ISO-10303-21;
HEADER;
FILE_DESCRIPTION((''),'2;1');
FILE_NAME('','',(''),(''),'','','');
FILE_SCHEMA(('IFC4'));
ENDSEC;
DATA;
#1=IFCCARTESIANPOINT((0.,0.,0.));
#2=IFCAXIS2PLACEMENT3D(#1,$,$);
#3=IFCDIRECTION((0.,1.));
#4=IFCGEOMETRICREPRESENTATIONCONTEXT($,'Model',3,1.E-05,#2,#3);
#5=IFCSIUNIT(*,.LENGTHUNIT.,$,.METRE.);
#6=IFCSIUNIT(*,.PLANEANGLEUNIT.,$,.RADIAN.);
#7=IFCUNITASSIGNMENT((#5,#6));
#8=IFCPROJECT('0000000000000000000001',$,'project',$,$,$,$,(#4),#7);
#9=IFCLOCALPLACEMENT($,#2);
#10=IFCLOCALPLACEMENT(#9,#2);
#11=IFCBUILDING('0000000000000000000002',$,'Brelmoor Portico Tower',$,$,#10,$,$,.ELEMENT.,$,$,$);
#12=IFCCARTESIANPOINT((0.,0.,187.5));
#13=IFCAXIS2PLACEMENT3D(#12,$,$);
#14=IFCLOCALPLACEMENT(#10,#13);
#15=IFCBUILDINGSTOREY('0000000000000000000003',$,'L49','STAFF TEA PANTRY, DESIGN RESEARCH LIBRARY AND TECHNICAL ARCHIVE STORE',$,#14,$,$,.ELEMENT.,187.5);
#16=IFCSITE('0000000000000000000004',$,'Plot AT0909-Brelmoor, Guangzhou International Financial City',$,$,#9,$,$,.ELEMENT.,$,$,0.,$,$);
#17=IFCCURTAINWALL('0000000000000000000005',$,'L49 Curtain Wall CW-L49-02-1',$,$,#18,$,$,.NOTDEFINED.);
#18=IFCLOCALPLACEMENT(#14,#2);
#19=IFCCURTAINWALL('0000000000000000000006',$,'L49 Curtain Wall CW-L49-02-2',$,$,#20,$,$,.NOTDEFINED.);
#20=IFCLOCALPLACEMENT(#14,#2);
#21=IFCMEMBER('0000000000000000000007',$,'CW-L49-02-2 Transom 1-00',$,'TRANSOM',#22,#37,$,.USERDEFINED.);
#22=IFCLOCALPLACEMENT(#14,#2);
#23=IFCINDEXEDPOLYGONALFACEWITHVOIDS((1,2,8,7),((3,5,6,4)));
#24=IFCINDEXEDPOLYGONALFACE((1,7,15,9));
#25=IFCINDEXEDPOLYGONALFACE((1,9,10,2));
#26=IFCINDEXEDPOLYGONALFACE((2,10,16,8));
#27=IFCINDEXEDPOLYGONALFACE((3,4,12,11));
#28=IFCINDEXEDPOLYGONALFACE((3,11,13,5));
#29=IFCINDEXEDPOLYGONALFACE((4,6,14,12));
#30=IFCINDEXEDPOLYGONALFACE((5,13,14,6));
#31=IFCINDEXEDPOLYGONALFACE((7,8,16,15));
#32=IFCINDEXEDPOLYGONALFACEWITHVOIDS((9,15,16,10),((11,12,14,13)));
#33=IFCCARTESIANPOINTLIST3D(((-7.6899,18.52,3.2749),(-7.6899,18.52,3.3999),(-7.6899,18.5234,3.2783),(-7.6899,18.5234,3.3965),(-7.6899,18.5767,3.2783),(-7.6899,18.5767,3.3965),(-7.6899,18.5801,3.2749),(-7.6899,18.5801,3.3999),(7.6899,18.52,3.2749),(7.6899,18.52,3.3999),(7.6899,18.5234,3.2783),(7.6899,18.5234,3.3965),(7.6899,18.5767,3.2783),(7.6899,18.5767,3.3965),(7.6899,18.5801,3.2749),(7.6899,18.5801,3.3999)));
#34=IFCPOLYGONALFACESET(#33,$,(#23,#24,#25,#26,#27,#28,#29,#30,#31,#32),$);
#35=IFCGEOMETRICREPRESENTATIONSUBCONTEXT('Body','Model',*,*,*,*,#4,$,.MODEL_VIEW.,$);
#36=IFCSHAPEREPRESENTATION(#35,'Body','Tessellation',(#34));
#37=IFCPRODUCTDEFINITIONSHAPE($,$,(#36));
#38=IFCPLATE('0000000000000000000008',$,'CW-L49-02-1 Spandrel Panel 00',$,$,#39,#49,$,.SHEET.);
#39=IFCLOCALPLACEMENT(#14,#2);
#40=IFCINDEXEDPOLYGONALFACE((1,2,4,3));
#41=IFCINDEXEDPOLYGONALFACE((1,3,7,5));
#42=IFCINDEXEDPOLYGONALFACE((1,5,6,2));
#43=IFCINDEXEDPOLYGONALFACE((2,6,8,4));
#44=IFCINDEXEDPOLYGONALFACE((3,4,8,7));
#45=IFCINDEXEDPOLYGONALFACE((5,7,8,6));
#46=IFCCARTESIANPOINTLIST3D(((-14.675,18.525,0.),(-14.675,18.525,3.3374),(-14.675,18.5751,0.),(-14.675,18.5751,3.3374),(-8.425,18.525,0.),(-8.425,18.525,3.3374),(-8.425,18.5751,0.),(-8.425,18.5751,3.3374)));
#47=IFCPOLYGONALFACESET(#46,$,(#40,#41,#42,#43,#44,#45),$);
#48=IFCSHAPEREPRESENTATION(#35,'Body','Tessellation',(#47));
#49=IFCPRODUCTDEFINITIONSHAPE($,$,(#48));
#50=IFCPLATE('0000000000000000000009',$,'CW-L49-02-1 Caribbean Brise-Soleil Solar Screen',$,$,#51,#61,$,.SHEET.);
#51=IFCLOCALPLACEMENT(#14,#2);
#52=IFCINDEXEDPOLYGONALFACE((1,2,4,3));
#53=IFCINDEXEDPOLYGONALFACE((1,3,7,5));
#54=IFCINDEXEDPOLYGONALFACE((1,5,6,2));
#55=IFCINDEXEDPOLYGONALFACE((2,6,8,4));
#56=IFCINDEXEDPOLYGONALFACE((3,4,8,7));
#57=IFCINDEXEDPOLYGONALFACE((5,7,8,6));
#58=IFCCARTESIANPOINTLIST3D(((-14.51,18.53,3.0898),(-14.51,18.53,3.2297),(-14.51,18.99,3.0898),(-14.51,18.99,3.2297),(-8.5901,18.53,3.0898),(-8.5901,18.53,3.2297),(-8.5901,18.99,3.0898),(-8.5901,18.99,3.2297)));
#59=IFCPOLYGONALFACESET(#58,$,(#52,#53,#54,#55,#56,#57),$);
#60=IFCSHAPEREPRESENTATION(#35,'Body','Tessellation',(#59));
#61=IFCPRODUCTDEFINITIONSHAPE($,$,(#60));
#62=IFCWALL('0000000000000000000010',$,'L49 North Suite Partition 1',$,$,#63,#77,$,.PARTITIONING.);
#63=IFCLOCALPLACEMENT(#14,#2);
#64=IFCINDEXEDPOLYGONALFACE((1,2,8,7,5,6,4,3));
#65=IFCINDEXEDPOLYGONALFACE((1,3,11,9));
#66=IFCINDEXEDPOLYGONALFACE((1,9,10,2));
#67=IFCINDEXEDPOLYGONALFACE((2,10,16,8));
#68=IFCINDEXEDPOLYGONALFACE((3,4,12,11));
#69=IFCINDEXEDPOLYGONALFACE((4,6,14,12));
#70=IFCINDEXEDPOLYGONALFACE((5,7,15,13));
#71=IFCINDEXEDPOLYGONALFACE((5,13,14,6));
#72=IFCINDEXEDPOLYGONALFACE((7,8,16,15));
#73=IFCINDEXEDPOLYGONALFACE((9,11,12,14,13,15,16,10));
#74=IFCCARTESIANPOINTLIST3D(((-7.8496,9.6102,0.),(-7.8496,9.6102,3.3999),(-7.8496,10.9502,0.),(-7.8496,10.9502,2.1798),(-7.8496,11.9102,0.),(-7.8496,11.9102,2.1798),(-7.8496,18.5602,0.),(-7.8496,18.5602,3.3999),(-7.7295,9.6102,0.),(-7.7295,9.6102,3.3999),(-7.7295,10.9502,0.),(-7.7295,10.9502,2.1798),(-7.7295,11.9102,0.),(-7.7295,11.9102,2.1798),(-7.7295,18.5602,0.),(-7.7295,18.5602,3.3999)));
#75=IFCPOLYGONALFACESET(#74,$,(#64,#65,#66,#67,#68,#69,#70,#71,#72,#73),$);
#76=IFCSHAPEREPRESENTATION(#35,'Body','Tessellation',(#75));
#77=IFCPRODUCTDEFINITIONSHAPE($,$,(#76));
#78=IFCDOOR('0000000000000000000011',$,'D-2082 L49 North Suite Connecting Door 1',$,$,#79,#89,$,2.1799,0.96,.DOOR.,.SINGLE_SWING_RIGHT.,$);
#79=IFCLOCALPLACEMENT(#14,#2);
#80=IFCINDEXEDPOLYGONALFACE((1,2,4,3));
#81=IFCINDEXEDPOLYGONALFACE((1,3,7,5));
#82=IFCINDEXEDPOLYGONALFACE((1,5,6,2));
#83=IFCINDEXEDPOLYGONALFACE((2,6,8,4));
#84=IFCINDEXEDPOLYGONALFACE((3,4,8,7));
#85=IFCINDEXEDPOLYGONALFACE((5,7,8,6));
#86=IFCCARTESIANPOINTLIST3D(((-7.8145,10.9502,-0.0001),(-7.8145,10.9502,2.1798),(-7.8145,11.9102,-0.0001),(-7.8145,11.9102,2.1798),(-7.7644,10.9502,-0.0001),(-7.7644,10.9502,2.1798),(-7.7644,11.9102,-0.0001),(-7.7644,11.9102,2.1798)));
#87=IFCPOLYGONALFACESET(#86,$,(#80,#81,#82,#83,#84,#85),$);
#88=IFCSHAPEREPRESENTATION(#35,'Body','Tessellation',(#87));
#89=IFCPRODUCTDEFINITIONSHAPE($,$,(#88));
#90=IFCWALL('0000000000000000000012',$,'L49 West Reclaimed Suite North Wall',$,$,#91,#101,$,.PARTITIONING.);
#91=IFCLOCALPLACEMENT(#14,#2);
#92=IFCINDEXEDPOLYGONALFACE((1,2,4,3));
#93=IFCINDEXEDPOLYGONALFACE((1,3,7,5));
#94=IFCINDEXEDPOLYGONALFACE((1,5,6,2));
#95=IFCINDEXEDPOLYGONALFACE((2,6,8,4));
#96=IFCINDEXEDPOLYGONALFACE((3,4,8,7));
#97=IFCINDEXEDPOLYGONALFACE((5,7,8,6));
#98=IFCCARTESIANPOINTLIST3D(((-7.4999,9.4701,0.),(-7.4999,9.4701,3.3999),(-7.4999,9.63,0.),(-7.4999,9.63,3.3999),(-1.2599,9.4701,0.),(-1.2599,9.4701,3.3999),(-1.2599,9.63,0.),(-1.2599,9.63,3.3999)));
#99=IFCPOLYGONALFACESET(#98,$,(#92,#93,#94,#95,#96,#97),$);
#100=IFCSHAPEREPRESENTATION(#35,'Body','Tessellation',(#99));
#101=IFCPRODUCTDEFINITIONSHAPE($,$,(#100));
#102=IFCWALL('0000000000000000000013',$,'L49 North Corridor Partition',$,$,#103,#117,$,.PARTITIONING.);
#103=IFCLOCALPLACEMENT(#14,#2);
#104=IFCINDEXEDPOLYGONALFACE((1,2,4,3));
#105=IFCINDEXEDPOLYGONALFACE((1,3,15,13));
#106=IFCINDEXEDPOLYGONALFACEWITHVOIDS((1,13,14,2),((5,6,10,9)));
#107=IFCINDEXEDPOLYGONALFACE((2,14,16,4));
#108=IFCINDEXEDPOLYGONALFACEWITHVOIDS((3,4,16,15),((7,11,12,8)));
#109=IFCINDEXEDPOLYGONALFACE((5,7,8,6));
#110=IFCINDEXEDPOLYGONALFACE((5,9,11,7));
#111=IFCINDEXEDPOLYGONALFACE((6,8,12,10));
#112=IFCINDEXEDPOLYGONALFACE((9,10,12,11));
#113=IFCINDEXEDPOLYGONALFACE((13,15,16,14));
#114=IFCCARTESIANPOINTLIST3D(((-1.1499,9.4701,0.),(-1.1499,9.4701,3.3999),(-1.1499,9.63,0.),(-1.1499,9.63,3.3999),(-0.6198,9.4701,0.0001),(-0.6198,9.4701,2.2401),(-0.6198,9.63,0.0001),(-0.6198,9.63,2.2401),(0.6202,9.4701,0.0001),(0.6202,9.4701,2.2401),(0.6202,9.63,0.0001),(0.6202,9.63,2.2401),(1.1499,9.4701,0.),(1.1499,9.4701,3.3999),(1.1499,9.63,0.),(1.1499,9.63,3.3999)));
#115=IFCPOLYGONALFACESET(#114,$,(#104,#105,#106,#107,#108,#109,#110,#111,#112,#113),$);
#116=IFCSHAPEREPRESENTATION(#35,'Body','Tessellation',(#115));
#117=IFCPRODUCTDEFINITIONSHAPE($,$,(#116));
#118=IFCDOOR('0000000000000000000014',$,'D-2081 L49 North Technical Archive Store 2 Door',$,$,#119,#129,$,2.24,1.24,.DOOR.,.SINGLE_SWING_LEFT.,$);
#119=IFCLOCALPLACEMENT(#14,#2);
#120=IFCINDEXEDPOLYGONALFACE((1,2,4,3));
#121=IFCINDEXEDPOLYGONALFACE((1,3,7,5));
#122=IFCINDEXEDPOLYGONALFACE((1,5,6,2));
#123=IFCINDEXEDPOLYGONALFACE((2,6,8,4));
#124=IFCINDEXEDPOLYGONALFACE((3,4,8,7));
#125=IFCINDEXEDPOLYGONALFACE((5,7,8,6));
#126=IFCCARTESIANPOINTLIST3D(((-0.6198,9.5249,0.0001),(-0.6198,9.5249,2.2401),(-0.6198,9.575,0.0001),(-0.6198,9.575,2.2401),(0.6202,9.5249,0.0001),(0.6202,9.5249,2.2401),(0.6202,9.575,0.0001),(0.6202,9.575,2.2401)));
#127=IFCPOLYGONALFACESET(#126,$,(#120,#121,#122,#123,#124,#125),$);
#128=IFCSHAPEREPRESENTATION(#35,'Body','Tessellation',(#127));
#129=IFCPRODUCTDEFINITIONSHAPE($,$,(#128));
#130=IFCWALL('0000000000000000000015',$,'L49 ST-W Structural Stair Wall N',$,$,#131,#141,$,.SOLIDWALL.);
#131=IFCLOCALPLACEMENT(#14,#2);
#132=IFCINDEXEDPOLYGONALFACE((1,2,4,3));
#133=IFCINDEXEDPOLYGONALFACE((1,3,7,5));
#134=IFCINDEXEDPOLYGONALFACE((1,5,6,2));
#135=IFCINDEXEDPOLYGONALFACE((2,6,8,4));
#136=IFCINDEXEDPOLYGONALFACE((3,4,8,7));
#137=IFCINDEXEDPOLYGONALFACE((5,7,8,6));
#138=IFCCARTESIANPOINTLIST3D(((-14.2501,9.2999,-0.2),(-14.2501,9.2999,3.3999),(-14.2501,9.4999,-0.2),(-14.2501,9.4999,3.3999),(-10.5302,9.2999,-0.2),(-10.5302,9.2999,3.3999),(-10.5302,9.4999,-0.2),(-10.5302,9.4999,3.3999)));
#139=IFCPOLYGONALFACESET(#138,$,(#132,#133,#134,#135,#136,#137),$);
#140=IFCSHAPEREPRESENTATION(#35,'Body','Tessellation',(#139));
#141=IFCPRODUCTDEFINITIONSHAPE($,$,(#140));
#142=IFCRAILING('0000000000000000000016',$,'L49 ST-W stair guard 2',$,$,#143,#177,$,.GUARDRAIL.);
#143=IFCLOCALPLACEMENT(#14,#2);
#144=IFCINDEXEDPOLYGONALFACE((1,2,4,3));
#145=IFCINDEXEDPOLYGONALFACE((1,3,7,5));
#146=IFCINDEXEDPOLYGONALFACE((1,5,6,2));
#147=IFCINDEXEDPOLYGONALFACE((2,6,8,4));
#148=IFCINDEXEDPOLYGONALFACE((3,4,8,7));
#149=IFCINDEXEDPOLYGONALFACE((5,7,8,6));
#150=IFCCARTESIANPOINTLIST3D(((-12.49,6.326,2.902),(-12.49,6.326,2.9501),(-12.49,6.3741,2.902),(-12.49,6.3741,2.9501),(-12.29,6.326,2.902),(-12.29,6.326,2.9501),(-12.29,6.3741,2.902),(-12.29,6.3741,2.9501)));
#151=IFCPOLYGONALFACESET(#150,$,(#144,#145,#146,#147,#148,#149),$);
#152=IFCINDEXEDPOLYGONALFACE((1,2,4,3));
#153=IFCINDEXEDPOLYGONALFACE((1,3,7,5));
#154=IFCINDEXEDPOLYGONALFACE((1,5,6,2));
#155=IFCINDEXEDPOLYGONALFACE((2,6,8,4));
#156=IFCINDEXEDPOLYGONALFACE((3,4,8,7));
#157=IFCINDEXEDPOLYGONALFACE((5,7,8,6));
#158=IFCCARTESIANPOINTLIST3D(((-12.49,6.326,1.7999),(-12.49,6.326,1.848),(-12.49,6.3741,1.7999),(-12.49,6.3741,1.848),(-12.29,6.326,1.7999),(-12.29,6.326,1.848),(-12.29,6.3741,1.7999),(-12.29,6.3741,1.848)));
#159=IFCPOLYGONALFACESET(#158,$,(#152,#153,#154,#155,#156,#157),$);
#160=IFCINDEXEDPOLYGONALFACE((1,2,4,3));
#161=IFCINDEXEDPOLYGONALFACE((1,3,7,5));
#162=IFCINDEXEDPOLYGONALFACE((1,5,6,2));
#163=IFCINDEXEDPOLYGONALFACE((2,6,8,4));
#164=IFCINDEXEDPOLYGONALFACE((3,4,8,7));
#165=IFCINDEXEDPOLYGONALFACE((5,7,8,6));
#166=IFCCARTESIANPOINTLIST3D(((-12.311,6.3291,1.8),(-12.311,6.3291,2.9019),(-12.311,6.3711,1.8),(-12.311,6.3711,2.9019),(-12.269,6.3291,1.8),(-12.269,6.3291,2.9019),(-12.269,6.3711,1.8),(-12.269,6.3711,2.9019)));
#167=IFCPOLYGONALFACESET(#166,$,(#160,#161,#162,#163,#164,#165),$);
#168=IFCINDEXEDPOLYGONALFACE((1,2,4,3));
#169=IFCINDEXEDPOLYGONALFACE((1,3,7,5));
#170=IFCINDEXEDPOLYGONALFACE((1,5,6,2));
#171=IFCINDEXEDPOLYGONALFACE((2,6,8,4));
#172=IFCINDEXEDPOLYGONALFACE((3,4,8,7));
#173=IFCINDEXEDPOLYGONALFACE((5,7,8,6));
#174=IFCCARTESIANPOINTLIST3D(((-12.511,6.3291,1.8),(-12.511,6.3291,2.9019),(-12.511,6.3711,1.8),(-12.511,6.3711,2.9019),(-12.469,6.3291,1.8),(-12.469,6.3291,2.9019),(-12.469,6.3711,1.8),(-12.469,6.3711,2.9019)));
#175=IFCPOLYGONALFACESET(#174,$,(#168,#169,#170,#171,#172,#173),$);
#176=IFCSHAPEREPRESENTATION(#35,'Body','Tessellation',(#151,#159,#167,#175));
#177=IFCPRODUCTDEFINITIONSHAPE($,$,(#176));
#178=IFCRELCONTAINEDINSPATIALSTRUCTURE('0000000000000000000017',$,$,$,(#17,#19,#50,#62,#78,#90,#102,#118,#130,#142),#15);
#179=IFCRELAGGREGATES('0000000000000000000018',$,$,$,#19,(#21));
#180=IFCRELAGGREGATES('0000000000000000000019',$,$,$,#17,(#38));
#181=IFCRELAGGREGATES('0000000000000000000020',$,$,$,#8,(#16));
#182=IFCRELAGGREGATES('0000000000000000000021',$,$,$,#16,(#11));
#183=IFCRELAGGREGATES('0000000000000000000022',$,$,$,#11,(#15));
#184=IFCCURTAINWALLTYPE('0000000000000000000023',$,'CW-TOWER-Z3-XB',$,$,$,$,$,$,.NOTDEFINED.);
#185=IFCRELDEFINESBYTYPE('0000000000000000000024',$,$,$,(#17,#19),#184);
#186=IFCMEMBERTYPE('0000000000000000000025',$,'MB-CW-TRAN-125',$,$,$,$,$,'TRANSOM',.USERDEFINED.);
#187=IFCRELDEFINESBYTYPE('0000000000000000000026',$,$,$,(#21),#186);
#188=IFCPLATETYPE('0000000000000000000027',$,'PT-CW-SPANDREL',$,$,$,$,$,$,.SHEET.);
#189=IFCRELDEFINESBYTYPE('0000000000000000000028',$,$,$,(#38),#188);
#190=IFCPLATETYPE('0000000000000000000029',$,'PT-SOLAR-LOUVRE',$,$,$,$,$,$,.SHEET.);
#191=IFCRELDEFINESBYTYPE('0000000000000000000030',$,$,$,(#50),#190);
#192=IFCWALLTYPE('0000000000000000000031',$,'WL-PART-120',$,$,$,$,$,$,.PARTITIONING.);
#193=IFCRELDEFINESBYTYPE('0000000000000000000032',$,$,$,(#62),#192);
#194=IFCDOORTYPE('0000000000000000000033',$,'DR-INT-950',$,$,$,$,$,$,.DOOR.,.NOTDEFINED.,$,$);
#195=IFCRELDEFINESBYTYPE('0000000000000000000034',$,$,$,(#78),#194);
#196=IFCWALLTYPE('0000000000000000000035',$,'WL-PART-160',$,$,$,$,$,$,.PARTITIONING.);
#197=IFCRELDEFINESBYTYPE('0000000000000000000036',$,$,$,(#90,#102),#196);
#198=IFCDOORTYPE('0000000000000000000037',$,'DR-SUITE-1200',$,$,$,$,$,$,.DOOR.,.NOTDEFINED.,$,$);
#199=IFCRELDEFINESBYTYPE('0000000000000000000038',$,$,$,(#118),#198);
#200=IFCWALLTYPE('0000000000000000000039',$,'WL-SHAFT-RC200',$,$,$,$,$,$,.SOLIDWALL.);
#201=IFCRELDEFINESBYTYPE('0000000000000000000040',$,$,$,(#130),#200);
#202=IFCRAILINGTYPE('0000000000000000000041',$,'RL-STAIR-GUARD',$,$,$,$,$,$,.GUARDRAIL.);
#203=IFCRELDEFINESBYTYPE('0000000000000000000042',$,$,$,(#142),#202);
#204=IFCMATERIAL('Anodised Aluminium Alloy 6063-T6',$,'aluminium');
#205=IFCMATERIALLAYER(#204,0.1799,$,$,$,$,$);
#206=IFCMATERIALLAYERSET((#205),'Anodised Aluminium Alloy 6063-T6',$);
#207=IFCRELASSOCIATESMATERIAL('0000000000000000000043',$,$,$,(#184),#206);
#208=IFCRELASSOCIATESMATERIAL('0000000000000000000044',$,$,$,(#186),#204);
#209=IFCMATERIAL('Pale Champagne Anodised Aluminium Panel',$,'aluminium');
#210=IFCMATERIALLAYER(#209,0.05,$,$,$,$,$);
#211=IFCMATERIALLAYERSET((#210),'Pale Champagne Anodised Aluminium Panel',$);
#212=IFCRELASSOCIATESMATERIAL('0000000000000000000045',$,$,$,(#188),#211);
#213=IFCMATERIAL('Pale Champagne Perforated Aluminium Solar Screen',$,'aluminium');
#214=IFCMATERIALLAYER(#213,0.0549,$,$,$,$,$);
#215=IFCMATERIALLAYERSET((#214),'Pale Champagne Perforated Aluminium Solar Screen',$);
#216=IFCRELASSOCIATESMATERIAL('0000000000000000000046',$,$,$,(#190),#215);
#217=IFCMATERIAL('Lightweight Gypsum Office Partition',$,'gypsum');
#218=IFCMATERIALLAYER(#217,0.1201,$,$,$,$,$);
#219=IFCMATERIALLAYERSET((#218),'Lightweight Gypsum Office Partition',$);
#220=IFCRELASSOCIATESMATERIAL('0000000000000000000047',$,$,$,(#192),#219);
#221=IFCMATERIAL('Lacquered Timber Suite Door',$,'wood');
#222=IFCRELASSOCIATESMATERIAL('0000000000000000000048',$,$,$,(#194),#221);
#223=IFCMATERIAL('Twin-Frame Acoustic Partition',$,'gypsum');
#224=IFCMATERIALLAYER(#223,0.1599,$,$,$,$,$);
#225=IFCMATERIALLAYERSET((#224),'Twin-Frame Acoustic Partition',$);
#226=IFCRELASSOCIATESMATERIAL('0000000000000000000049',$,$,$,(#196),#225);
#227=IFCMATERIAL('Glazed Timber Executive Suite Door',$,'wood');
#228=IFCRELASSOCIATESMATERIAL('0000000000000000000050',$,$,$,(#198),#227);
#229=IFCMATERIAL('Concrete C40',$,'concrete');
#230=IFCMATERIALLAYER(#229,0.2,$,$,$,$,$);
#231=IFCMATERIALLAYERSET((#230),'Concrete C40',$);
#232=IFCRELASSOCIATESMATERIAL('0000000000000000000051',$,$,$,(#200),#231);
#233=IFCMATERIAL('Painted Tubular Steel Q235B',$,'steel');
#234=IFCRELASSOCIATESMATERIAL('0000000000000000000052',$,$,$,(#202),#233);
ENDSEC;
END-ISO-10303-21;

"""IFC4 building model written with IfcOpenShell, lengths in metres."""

from ifc_helpers import new_model, si_unit, direction, frame, frame_2d, origin, origin_2d, place, context, subcontext, project, spatial, rectangle, hollow_rectangle, extrude, material, layer, layer_set, material_profile, profile_set, type_object, element, fill, aggregate, save


model = new_model("IFC4")

# Units and contexts
model_context = context("Model", 3, precision=1e-05, world=origin(), true_north=direction((0.0, 1.0)))
body_context = subcontext(model_context, "Body", "Model", "MODEL_VIEW")
ifc_project = project(units=[si_unit("LENGTHUNIT", "METRE"), si_unit("PLANEANGLEUNIT", "RADIAN")], contexts=[model_context])

# Site, building, storey
site_placement = place(None, origin())
site = spatial("IfcSite", under=ifc_project, at=site_placement, Name="Plot AT0909-Brelmoor, Guangzhou International Financial City", CompositionType="ELEMENT", RefElevation=0.0)
building_placement = place(site_placement, origin())
building = spatial("IfcBuilding", under=site, at=building_placement, Name="Brelmoor Portico Tower", CompositionType="ELEMENT")
storey_placement = place(building_placement, frame((0.0, 0.0, 187.5)))
storey = spatial("IfcBuildingStorey", under=building, at=storey_placement, Name="L49", Description="STAFF TEA PANTRY, DESIGN RESEARCH LIBRARY AND TECHNICAL ARCHIVE STORE", CompositionType="ELEMENT", Elevation=187.5)

# Curtain wall
ifc_material_1 = material(Name="Anodised Aluminium Alloy 6063-T6", Category="aluminium")
ifc_layer_1 = layer(ifc_material_1, 0.1799)
ifc_layer_set_1 = layer_set([ifc_layer_1], Name="Anodised Aluminium Alloy 6063-T6")
curtain_wall_type = type_object("IfcCurtainWallType", Name="CW-TOWER-Z3-XB", PredefinedType="NOTDEFINED", material=ifc_layer_set_1)
curtain_wall_1_placement = place(storey_placement, origin())
curtain_wall_1 = element("IfcCurtainWall", 1, at=curtain_wall_1_placement, inside=storey, type_object=curtain_wall_type, Name="L49 Curtain Wall CW-L49-02-1", PredefinedType="NOTDEFINED")

# Curtain wall, member
curtain_wall_2_placement = place(storey_placement, origin())
curtain_wall_2 = element("IfcCurtainWall", 2, at=curtain_wall_2_placement, inside=storey, type_object=curtain_wall_type, Name="L49 Curtain Wall CW-L49-02-2", PredefinedType="NOTDEFINED")
ifc_material_profile_1 = material_profile(ifc_material_1, hollow_rectangle(XDim=0.0601, YDim=0.125, WallThickness=0.0034, at=origin_2d()), Name="ALU TRANSOM 60x125")
ifc_profile_set_1 = profile_set([ifc_material_profile_1], Name="Anodised Aluminium Alloy 6063-T6")
member_type_1 = type_object("IfcMemberType", Name="MB-CW-TRAN-125", ElementType="TRANSOM", PredefinedType="USERDEFINED", material=ifc_profile_set_1)
member_1_placement = place(storey_placement, frame((-7.6899, 18.55, 3.3374), z_axis=(1.0, 0.0, 0.0), x_axis=(0.0, 1.0, 0.0)))
member_1 = element("IfcMember", 3, at=member_1_placement, type_object=member_type_1, Name="CW-L49-02-2 Transom 1-00", ObjectType="TRANSOM", PredefinedType="USERDEFINED", context=body_context, shape_type="SweptSolid", body=[
    extrude(hollow_rectangle(XDim=0.0601, YDim=0.125, WallThickness=0.0034, at=origin_2d()), origin(), (0.0, 0.0, 1.0), 15.3799),
])
aggregate(curtain_wall_2, [member_1])

# Plates
ifc_material_2 = material(Name="Pale Champagne Anodised Aluminium Panel", Category="aluminium")
ifc_layer_2 = layer(ifc_material_2, 0.05)
ifc_layer_set_2 = layer_set([ifc_layer_2], Name="Pale Champagne Anodised Aluminium Panel")
plate_type_1 = type_object("IfcPlateType", Name="PT-CW-SPANDREL", PredefinedType="SHEET", material=ifc_layer_set_2)
plate_1_placement = place(storey_placement, frame((-11.55, 18.55, 0.0), z_axis=(0.0, 0.0, 1.0), x_axis=(1.0, 0.0, 0.0)))
plate_1 = element("IfcPlate", 4, at=plate_1_placement, type_object=plate_type_1, Name="CW-L49-02-1 Spandrel Panel 00", PredefinedType="SHEET", context=body_context, shape_type="SweptSolid", body=[
    extrude(rectangle(XDim=6.25, YDim=0.05, at=origin_2d()), origin(), (0.0, 0.0, 1.0), 3.3374),
])
aggregate(curtain_wall_1, [plate_1])
ifc_material_3 = material(Name="Pale Champagne Perforated Aluminium Solar Screen", Category="aluminium")
ifc_layer_3 = layer(ifc_material_3, 0.0549)
ifc_layer_set_3 = layer_set([ifc_layer_3], Name="Pale Champagne Perforated Aluminium Solar Screen")
plate_type_2 = type_object("IfcPlateType", Name="PT-SOLAR-LOUVRE", PredefinedType="SHEET", material=ifc_layer_set_3)
plate_2_placement = place(storey_placement, frame((-11.55, 18.76, 3.0898), z_axis=(0.0, 0.0, 1.0), x_axis=(1.0, 0.0, 0.0)))
element("IfcPlate", 5, at=plate_2_placement, inside=storey, type_object=plate_type_2, Name="CW-L49-02-1 Caribbean Brise-Soleil Solar Screen", PredefinedType="SHEET", context=body_context, shape_type="SweptSolid", body=[
    extrude(rectangle(XDim=5.9199, YDim=0.46, at=origin_2d()), origin(), (0.0, 0.0, 1.0), 0.1399),
])

# Wall, opening, door
ifc_material_4 = material(Name="Lightweight Gypsum Office Partition", Category="gypsum")
ifc_layer_4 = layer(ifc_material_4, 0.1201)
ifc_layer_set_4 = layer_set([ifc_layer_4], Name="Lightweight Gypsum Office Partition")
wall_type_1 = type_object("IfcWallType", Name="WL-PART-120", PredefinedType="PARTITIONING", material=ifc_layer_set_4)
wall_1_placement = place(storey_placement, frame((-7.7896, 9.6101, 0.0), z_axis=(0.0, 0.0, 1.0), x_axis=(0.0, 1.0, 0.0)))
wall_1 = element("IfcWall", 6, at=wall_1_placement, inside=storey, type_object=wall_type_1, Name="L49 North Suite Partition 1", PredefinedType="PARTITIONING", context=body_context, shape_type="SweptSolid", body=[
    extrude(rectangle(XDim=8.95, YDim=0.1201, at=frame_2d((4.4751, 0.0))), origin(), (0.0, 0.0, 1.0), 3.3999),
])
opening_1_placement = place(wall_1_placement, frame((1.3401, 0.0, 0.0)))
opening_1 = element("IfcOpeningElement", 7, at=opening_1_placement, cuts=wall_1, PredefinedType="OPENING", context=body_context, shape_type="SweptSolid", body=[
    extrude(rectangle(XDim=0.96, YDim=2.1799, at=frame_2d((0.48, 1.0898))), frame((0.0, 0.0701, 0.0), z_axis=(0.0, -1.0, 0.0), x_axis=(1.0, 0.0, 0.0)), (0.0, 0.0, 1.0), 0.1401),
])
ifc_material_5 = material(Name="Lacquered Timber Suite Door", Category="wood")
door_type_1 = type_object("IfcDoorType", Name="DR-INT-950", OperationType="NOTDEFINED", PredefinedType="DOOR", material=ifc_material_5)
door_1_placement = place(opening_1_placement, origin())
door_1 = element("IfcDoor", 8, at=door_1_placement, inside=storey, type_object=door_type_1, Name="D-2082 L49 North Suite Connecting Door 1", OperationType="SINGLE_SWING_RIGHT", OverallHeight=2.1799, OverallWidth=0.96, PredefinedType="DOOR", context=body_context, shape_type="SweptSolid", body=[
    extrude(rectangle(XDim=0.96, YDim=2.1799, at=frame_2d((0.48, 1.0898))), frame((0.0, 0.0249, 0.0), z_axis=(0.0, -1.0, 0.0), x_axis=(1.0, 0.0, 0.0)), (0.0, 0.0, 1.0), 0.05),
])
fill(opening_1, door_1)

# Wall
ifc_material_6 = material(Name="Twin-Frame Acoustic Partition", Category="gypsum")
ifc_layer_5 = layer(ifc_material_6, 0.1599)
ifc_layer_set_5 = layer_set([ifc_layer_5], Name="Twin-Frame Acoustic Partition")
wall_type_2 = type_object("IfcWallType", Name="WL-PART-160", PredefinedType="PARTITIONING", material=ifc_layer_set_5)
wall_2_placement = place(storey_placement, frame((-7.5, 9.55, 0.0), z_axis=(0.0, 0.0, 1.0), x_axis=(1.0, 0.0, 0.0)))
element("IfcWall", 9, at=wall_2_placement, inside=storey, type_object=wall_type_2, Name="L49 West Reclaimed Suite North Wall", PredefinedType="PARTITIONING", context=body_context, shape_type="SweptSolid", body=[
    extrude(rectangle(XDim=6.24, YDim=0.1599, at=frame_2d((3.1201, 0.0))), origin(), (0.0, 0.0, 1.0), 3.3999),
])

# Wall, opening, door
wall_3_placement = place(storey_placement, frame((-1.1499, 9.55, 0.0), z_axis=(0.0, 0.0, 1.0), x_axis=(1.0, 0.0, 0.0)))
wall_3 = element("IfcWall", 10, at=wall_3_placement, inside=storey, type_object=wall_type_2, Name="L49 North Corridor Partition", PredefinedType="PARTITIONING", context=body_context, shape_type="SweptSolid", body=[
    extrude(rectangle(XDim=2.2998, YDim=0.1599, at=frame_2d((1.1499, 0.0))), origin(), (0.0, 0.0, 1.0), 3.3999),
])
opening_2_placement = place(wall_3_placement, frame((0.53, 0.0, 0.0)))
opening_2 = element("IfcOpeningElement", 11, at=opening_2_placement, cuts=wall_3, PredefinedType="OPENING", context=body_context, shape_type="SweptSolid", body=[
    extrude(rectangle(XDim=1.24, YDim=2.24, at=frame_2d((0.6201, 1.1201))), frame((0.0, 0.0898, 0.0), z_axis=(0.0, -1.0, 0.0), x_axis=(1.0, 0.0, 0.0)), (0.0, 0.0, 1.0), 0.1799),
])
ifc_material_7 = material(Name="Glazed Timber Executive Suite Door", Category="wood")
door_type_2 = type_object("IfcDoorType", Name="DR-SUITE-1200", OperationType="NOTDEFINED", PredefinedType="DOOR", material=ifc_material_7)
door_2_placement = place(opening_2_placement, origin())
door_2 = element("IfcDoor", 12, at=door_2_placement, inside=storey, type_object=door_type_2, Name="D-2081 L49 North Technical Archive Store 2 Door", OperationType="SINGLE_SWING_LEFT", OverallHeight=2.24, OverallWidth=1.24, PredefinedType="DOOR", context=body_context, shape_type="SweptSolid", body=[
    extrude(rectangle(XDim=1.24, YDim=2.24, at=frame_2d((0.6201, 1.1201))), frame((0.0, 0.0249, 0.0), z_axis=(0.0, -1.0, 0.0), x_axis=(1.0, 0.0, 0.0)), (0.0, 0.0, 1.0), 0.05),
])
fill(opening_2, door_2)

# Wall
ifc_material_8 = material(Name="Concrete C40", Category="concrete")
ifc_layer_6 = layer(ifc_material_8, 0.2)
ifc_layer_set_6 = layer_set([ifc_layer_6], Name="Concrete C40")
wall_type_3 = type_object("IfcWallType", Name="WL-SHAFT-RC200", PredefinedType="SOLIDWALL", material=ifc_layer_set_6)
wall_4_placement = place(storey_placement, frame((-14.25, 9.3999, -0.2), z_axis=(0.0, 0.0, 1.0), x_axis=(1.0, 0.0, 0.0)))
element("IfcWall", 13, at=wall_4_placement, inside=storey, type_object=wall_type_3, Name="L49 ST-W Structural Stair Wall N", PredefinedType="SOLIDWALL", context=body_context, shape_type="SweptSolid", body=[
    extrude(rectangle(XDim=3.72, YDim=0.2, at=frame_2d((1.8599, 0.0))), origin(), (0.0, 0.0, 1.0), 3.5999),
])

# Railing
ifc_material_9 = material(Name="Painted Tubular Steel Q235B", Category="steel")
railing_type = type_object("IfcRailingType", Name="RL-STAIR-GUARD", PredefinedType="GUARDRAIL", material=ifc_material_9)
railing_1_placement = place(storey_placement, frame((-12.29, 6.3501, 1.8)))
element("IfcRailing", 14, at=railing_1_placement, inside=storey, type_object=railing_type, Name="L49 ST-W stair guard 2", PredefinedType="GUARDRAIL", context=body_context, shape_type="SweptSolid", body=[
    extrude(rectangle(XDim=0.0481, YDim=0.0481, at=origin_2d()), frame((0.0, 0.0, 1.126), z_axis=(-1.0, 0.0, 0.0), x_axis=(0.0, -1.0, 0.0)), (0.0, 0.0, 1.0), 0.2),
    extrude(rectangle(XDim=0.0481, YDim=0.0481, at=origin_2d()), frame((0.0, 0.0, 0.0239), z_axis=(-1.0, 0.0, 0.0), x_axis=(0.0, -1.0, 0.0)), (0.0, 0.0, 1.0), 0.2),
    extrude(rectangle(XDim=0.042, YDim=0.042, at=origin_2d()), origin(), (0.0, 0.0, 1.0), 1.1018),
    extrude(rectangle(XDim=0.042, YDim=0.042, at=origin_2d()), frame((-0.2, 0.0, 0.0)), (0.0, 0.0, 1.0), 1.1018),
])

save(model, "model.ifc")
